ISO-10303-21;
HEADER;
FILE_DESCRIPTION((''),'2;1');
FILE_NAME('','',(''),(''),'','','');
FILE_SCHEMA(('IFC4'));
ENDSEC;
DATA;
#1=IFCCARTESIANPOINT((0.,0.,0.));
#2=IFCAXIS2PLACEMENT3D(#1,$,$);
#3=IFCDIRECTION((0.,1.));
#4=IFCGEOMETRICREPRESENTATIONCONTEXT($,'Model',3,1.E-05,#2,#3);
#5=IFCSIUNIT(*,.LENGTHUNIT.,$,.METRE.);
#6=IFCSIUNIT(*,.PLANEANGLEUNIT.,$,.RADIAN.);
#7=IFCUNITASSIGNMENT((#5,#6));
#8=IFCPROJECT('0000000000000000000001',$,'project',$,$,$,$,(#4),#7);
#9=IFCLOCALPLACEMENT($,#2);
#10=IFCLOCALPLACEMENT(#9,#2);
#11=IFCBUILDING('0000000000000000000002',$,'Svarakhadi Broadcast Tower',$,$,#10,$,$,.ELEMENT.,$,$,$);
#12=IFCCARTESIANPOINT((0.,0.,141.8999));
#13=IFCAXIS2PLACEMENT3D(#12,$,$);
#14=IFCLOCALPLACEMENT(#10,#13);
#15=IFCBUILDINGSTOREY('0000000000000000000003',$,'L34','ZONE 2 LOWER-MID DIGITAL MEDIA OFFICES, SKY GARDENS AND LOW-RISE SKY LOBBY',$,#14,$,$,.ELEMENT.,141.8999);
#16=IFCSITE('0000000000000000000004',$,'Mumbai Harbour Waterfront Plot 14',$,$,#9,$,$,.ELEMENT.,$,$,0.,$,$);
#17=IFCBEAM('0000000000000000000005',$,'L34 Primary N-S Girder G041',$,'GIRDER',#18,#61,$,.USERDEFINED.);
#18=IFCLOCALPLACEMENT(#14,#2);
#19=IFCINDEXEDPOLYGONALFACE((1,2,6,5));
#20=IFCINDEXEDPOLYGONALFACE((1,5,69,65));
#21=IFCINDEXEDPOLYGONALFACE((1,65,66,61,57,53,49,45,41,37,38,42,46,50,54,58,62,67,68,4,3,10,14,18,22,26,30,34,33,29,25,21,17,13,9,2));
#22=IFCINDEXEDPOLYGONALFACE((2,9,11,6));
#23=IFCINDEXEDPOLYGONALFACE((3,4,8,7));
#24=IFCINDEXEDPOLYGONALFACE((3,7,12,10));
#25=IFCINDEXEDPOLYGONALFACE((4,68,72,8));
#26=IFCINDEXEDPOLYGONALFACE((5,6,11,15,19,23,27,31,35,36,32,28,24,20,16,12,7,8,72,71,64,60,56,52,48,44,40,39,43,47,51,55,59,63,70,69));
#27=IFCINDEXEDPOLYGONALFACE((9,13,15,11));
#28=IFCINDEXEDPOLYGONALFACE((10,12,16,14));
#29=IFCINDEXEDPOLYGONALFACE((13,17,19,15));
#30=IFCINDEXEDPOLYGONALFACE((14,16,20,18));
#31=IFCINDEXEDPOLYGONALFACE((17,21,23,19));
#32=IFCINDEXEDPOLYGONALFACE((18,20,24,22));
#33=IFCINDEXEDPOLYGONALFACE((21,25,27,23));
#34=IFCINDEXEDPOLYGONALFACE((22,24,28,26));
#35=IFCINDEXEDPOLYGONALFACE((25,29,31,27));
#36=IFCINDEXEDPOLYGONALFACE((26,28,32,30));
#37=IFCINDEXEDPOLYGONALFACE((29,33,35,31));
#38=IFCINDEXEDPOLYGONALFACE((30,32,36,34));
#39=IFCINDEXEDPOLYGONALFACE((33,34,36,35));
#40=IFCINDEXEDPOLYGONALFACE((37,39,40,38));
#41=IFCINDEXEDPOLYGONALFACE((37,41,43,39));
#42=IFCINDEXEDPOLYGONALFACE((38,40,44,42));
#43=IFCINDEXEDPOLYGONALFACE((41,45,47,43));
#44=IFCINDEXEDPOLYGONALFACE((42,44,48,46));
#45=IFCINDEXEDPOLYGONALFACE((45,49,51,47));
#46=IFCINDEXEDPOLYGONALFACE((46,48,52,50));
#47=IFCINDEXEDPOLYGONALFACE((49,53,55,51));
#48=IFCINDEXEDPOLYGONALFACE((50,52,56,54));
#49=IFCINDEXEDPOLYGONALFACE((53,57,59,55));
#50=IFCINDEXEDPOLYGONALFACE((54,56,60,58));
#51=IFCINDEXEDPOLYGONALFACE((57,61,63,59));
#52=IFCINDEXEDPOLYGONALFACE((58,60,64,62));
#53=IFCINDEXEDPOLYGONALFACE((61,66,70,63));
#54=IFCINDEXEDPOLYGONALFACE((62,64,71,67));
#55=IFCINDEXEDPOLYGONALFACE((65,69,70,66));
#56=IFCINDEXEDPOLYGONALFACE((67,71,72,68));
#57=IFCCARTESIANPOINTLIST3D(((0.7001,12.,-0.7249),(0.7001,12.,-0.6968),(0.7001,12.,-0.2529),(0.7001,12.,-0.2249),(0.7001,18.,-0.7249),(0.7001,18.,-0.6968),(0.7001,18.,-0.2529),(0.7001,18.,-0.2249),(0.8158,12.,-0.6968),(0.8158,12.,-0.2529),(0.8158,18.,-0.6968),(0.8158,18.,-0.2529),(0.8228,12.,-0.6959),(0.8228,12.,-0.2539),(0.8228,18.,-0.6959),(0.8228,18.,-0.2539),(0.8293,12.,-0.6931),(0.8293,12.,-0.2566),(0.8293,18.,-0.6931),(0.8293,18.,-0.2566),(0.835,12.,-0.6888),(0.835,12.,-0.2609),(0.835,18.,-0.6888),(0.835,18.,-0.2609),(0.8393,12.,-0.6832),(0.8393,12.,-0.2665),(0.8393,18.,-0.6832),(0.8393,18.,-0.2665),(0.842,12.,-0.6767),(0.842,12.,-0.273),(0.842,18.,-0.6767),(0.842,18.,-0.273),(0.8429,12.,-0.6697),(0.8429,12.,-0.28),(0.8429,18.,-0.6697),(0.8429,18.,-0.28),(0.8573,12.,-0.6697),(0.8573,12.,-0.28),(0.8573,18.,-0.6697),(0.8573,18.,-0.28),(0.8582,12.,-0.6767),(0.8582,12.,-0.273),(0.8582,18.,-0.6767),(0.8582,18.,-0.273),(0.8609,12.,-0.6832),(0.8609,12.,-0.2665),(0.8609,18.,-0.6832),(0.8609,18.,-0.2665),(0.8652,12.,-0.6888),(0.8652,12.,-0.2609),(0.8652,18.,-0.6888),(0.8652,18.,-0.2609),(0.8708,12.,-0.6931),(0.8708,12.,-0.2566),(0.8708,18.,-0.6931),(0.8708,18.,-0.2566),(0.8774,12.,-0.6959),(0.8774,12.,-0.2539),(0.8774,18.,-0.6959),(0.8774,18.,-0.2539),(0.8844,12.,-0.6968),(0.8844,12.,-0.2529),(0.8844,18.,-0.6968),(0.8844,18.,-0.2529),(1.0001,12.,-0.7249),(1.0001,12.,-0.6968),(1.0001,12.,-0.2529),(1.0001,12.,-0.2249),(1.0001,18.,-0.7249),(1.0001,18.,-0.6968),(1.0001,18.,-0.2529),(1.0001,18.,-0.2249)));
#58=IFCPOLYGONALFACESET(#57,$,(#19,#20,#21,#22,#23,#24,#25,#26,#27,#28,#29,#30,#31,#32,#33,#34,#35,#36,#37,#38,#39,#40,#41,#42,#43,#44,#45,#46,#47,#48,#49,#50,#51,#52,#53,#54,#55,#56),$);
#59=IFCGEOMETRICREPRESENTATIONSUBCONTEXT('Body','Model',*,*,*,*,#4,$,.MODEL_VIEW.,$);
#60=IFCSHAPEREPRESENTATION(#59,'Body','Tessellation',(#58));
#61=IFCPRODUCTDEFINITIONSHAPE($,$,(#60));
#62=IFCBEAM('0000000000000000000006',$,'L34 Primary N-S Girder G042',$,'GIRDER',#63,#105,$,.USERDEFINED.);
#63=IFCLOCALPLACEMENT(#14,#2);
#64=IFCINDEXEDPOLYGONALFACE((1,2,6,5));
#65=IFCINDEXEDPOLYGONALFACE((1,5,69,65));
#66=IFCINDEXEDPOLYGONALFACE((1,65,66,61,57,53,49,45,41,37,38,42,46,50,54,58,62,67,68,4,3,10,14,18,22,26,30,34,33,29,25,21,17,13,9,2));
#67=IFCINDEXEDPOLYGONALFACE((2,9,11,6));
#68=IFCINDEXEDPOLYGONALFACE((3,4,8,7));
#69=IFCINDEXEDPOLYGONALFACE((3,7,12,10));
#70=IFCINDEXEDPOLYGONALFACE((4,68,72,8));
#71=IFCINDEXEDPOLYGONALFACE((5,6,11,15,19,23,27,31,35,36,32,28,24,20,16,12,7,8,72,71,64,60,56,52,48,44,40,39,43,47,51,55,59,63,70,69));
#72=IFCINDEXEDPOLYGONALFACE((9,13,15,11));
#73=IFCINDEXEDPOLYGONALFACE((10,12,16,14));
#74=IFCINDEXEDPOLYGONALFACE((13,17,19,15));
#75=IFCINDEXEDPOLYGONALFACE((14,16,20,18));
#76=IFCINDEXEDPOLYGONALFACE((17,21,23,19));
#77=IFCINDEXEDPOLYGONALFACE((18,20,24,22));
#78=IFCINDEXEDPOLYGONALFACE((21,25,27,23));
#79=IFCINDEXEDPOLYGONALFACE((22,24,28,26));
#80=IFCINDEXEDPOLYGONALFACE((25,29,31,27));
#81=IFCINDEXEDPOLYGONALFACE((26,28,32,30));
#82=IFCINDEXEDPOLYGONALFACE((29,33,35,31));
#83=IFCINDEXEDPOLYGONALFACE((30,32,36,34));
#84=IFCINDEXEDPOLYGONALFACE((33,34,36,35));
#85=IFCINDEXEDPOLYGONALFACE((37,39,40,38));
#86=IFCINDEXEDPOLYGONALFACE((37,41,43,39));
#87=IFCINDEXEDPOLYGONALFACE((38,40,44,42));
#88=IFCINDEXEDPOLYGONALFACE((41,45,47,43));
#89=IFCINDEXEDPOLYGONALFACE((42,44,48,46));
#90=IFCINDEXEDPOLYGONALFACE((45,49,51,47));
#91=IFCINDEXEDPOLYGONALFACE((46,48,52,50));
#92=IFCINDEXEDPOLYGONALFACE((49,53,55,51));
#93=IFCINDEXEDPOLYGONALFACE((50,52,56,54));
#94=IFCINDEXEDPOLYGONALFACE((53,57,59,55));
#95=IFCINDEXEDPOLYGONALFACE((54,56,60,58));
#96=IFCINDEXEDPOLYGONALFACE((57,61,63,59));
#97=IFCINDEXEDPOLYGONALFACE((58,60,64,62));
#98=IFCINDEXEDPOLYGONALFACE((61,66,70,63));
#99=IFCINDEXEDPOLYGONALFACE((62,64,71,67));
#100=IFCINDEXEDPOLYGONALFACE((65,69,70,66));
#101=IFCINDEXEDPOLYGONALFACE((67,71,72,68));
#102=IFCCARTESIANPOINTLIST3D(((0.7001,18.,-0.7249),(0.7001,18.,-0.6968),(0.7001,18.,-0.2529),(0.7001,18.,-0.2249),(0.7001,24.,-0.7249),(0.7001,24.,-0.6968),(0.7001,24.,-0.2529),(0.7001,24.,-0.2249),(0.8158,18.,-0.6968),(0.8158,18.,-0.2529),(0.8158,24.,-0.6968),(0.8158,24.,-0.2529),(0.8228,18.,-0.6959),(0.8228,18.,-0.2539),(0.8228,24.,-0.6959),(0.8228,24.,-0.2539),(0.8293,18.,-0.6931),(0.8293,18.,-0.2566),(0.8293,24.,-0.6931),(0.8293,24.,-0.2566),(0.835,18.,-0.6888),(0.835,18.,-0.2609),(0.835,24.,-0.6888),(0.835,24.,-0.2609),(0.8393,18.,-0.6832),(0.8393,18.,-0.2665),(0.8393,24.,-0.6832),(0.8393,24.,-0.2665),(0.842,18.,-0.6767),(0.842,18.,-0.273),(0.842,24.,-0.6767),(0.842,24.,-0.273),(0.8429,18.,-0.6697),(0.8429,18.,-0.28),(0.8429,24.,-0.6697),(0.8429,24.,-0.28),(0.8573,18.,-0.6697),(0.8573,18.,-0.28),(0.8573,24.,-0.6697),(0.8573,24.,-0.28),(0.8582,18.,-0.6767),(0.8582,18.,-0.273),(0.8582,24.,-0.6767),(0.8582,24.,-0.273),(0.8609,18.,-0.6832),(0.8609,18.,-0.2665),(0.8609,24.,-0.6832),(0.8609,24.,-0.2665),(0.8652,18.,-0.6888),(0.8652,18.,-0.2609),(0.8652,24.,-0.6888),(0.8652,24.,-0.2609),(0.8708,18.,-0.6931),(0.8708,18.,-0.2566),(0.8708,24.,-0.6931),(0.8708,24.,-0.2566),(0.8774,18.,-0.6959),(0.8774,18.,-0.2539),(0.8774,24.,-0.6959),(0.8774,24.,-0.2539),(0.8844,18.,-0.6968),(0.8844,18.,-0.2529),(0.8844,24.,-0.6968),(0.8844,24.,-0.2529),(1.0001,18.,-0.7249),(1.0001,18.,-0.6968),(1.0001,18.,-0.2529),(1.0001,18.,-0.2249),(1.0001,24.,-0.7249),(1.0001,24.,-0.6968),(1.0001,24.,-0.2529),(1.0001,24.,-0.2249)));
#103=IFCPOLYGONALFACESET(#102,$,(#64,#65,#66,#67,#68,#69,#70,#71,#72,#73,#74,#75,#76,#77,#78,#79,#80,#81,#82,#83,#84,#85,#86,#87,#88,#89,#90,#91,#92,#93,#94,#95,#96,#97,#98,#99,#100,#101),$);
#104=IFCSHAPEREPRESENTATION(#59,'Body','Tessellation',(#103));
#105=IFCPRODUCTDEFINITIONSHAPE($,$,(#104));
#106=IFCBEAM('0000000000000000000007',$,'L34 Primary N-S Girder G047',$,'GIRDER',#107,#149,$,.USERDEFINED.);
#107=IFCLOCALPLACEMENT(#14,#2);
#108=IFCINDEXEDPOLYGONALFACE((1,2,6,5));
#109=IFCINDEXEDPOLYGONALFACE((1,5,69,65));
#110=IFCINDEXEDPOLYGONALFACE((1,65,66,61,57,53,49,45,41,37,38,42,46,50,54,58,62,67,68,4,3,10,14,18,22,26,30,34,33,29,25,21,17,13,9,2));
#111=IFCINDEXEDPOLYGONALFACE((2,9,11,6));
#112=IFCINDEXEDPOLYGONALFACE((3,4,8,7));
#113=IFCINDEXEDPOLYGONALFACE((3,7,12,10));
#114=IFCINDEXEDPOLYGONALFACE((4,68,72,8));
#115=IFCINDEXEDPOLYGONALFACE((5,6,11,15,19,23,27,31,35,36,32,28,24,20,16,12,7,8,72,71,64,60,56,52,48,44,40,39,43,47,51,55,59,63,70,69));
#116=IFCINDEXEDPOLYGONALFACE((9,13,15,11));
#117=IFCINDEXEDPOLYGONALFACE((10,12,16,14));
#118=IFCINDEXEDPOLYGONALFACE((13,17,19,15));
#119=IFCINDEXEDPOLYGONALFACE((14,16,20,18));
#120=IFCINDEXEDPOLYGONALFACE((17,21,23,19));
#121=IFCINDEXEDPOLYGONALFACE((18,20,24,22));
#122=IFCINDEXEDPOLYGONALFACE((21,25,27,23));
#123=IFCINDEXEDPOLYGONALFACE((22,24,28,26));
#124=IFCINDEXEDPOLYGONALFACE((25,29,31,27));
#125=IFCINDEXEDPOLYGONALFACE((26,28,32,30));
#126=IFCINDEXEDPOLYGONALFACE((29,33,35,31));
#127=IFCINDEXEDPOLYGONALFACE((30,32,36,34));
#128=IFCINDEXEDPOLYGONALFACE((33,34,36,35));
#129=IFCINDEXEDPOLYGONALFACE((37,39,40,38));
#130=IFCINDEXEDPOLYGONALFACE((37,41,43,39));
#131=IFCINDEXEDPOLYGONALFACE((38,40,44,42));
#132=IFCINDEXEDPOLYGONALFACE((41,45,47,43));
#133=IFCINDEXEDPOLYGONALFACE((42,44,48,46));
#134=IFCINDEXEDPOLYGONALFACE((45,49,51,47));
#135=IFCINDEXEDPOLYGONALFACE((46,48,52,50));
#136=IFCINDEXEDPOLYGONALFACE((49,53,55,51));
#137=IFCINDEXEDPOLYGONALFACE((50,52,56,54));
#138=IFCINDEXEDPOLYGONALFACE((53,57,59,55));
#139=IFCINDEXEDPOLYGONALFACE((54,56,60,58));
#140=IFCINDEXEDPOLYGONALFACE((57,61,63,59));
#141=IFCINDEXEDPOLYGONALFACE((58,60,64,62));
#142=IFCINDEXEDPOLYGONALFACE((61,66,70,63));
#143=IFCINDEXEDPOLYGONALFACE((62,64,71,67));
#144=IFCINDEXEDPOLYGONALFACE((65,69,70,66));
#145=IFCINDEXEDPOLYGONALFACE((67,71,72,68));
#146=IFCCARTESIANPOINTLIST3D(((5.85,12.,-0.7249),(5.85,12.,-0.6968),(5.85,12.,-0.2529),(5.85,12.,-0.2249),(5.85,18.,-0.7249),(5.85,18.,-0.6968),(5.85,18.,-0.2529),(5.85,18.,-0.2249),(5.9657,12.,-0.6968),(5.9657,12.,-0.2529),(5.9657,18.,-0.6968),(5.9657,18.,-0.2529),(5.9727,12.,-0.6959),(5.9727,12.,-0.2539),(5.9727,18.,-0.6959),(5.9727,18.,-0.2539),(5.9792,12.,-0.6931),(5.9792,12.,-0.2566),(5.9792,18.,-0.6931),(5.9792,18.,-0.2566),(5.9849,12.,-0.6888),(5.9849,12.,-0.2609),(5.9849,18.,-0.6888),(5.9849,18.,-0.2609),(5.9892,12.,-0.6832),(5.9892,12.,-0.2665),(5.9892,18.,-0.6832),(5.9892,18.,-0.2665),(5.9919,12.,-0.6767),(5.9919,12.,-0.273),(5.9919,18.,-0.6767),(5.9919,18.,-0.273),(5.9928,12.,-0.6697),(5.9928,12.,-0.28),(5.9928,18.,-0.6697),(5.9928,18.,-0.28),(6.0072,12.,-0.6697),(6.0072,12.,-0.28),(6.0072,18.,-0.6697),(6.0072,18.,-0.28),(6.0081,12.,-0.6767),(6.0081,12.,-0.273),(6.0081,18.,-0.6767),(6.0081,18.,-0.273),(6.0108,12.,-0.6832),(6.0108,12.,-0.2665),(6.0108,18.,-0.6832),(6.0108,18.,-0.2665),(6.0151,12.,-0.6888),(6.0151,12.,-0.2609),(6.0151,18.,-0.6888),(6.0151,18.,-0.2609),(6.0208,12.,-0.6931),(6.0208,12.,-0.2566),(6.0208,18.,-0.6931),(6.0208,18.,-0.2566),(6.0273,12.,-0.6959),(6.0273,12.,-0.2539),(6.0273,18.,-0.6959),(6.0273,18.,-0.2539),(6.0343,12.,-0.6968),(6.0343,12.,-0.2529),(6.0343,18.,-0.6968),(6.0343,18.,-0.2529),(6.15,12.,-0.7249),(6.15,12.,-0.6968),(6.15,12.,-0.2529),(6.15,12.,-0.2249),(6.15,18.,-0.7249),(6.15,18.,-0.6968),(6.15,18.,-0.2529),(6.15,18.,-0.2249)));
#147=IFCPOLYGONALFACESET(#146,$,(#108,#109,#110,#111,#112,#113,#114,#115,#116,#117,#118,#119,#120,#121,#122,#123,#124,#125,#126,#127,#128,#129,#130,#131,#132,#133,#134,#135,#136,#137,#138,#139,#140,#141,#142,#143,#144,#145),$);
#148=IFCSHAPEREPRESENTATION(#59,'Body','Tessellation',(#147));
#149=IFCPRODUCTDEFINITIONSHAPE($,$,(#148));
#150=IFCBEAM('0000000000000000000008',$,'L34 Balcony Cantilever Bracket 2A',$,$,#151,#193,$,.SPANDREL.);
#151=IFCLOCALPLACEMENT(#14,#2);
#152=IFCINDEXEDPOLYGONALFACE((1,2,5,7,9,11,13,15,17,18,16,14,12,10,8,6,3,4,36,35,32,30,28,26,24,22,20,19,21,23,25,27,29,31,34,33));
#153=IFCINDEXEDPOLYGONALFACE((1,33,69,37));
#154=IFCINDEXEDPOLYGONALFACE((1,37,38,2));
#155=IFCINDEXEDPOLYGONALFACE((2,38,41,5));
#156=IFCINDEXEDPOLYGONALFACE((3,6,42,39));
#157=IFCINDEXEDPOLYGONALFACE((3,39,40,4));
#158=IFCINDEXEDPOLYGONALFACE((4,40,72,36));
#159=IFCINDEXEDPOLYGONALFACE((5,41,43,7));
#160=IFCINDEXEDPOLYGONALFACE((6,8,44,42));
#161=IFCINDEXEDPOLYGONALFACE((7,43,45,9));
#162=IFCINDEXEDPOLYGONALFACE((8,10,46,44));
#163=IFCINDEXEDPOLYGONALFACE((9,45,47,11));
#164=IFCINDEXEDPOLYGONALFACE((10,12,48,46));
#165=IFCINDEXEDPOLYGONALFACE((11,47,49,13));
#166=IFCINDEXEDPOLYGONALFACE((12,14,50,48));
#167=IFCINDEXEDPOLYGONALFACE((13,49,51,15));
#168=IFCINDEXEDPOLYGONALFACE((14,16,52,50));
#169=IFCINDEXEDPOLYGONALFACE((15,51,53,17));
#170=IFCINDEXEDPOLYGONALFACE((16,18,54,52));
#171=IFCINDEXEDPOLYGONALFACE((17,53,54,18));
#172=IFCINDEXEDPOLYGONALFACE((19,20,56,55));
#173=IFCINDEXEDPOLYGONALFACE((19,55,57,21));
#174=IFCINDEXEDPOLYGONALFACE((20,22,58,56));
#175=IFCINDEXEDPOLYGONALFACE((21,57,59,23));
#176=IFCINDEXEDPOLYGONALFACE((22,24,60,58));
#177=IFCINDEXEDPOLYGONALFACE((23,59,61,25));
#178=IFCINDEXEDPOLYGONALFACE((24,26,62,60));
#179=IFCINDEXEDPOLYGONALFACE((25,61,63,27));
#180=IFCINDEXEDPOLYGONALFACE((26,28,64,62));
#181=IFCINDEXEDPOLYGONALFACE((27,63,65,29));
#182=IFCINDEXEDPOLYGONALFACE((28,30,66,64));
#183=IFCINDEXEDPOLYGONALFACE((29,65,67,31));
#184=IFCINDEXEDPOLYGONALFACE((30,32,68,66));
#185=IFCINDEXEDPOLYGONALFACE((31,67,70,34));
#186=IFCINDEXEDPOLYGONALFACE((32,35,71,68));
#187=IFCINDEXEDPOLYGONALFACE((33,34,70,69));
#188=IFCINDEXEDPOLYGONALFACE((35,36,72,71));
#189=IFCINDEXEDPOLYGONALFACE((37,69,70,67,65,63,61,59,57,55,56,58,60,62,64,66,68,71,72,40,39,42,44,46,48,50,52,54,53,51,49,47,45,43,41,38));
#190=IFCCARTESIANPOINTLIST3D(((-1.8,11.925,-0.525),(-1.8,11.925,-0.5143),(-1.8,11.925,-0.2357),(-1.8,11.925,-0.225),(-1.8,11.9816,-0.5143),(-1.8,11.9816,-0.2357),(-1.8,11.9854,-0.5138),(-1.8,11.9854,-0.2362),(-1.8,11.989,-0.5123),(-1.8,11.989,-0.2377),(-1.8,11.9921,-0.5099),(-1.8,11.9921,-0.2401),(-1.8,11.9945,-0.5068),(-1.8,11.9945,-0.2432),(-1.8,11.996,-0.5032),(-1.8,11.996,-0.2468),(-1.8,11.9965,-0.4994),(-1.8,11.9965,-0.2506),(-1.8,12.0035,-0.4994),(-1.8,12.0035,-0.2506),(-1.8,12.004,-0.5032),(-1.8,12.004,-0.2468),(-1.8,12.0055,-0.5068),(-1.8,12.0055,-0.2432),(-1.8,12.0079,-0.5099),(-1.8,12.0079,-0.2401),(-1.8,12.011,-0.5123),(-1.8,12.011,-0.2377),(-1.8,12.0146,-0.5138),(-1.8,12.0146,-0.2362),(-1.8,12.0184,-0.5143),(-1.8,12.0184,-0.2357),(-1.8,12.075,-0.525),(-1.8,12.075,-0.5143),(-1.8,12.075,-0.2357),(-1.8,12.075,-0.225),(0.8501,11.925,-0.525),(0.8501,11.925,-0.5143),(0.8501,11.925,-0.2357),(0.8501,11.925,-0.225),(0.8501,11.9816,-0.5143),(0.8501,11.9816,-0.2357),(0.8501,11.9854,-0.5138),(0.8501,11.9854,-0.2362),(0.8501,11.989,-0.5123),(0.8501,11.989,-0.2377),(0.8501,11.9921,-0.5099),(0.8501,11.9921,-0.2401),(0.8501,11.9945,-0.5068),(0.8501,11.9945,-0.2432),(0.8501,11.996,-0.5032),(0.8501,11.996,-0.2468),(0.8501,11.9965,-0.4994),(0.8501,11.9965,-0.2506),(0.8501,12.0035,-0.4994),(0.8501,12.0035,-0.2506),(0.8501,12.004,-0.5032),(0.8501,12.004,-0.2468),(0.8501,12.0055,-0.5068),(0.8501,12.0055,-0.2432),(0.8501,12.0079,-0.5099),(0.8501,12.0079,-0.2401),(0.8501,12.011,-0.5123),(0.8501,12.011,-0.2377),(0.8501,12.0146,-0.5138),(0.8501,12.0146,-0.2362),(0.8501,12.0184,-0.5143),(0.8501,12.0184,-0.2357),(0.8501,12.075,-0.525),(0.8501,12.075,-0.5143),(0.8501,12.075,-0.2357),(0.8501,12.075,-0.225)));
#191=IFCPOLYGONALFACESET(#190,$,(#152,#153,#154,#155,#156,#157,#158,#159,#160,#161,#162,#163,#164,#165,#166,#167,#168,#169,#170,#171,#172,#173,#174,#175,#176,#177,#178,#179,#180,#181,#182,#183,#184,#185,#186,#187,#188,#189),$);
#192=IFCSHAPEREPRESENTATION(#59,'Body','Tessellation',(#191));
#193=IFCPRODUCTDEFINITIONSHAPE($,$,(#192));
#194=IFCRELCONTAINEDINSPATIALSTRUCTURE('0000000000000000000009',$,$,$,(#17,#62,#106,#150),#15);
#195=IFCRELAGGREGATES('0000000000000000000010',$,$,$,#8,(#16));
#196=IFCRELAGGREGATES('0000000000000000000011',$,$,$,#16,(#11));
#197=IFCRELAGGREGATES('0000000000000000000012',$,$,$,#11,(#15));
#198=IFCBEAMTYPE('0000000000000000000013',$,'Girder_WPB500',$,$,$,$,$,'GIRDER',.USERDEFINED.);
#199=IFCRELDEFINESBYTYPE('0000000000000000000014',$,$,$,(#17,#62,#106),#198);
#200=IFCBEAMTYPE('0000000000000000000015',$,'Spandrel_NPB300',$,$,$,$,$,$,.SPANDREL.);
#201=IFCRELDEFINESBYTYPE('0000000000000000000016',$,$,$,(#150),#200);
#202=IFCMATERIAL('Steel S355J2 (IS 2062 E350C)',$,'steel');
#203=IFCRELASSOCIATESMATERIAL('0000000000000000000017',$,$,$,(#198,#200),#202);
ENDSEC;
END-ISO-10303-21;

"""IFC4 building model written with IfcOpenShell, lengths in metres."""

from ifc_helpers import new_model, si_unit, direction, frame, origin, origin_2d, place, context, subcontext, project, spatial, i_section, extrude, material, material_profile, profile_set, type_object, element, save


model = new_model("IFC4")

# Units and contexts
model_context = context("Model", 3, precision=1e-05, world=origin(), true_north=direction((0.0, 1.0)))
body_context = subcontext(model_context, "Body", "Model", "MODEL_VIEW")
ifc_project = project(units=[si_unit("LENGTHUNIT", "METRE"), si_unit("PLANEANGLEUNIT", "RADIAN")], contexts=[model_context])

# Site, building, storey
site_placement = place(None, origin())
site = spatial("IfcSite", under=ifc_project, at=site_placement, Name="Mumbai Harbour Waterfront Plot 14", CompositionType="ELEMENT", RefElevation=0.0)
building_placement = place(site_placement, origin())
building = spatial("IfcBuilding", under=site, at=building_placement, Name="Svarakhadi Broadcast Tower", CompositionType="ELEMENT")
storey_placement = place(building_placement, frame((0.0, 0.0, 141.8999)))
storey = spatial("IfcBuildingStorey", under=building, at=storey_placement, Name="L34", Description="ZONE 2 LOWER-MID DIGITAL MEDIA OFFICES, SKY GARDENS AND LOW-RISE SKY LOBBY", CompositionType="ELEMENT", Elevation=141.8999)

# Shared definitions
ifc_material_1 = material(Name="Steel S355J2 (IS 2062 E350C)", Category="steel")

# Beams
ifc_material_profile_1 = material_profile(ifc_material_1, i_section(OverallWidth=0.3, OverallDepth=0.5, WebThickness=0.0144, FlangeThickness=0.0281, FilletRadius=0.0271, at=origin_2d()), Name="WPB 500x300x187")
ifc_profile_set_1 = profile_set([ifc_material_profile_1], Name="Steel S355J2 (IS 2062 E350C)")
beam_type_1 = type_object("IfcBeamType", Name="Girder_WPB500", ElementType="GIRDER", PredefinedType="USERDEFINED", material=ifc_profile_set_1)
for number, where, z_axis, x_axis, name in (
    (1, (0.8501, 12.0, -0.4749), (0.0, 1.0, 0.0), (-1.0, 0.0, 0.0), "L34 Primary N-S Girder G041"),
    (2, (0.8501, 18.0, -0.4749), (0.0, 1.0, 0.0), (-1.0, 0.0, 0.0), "L34 Primary N-S Girder G042"),
    (3, (6.0, 12.0, -0.4749), (0.0, 1.0, 0.0), (-1.0, 0.0, 0.0), "L34 Primary N-S Girder G047"),
):
    element("IfcBeam", number, at=place(storey_placement, frame(where, z_axis=z_axis, x_axis=x_axis)), inside=storey, type_object=beam_type_1, Name=name, ObjectType="GIRDER", PredefinedType="USERDEFINED", context=body_context, shape_type="SweptSolid", body=[
        extrude(i_section(OverallWidth=0.3, OverallDepth=0.5, WebThickness=0.0144, FlangeThickness=0.0281, FilletRadius=0.0271, at=origin_2d()), origin(), (0.0, 0.0, 1.0), 6.0),
    ])
ifc_material_profile_2 = material_profile(ifc_material_1, i_section(OverallWidth=0.1499, OverallDepth=0.3, WebThickness=0.0071, FlangeThickness=0.0107, FilletRadius=0.0149, at=origin_2d()), Name="NPB 300x150x37")
ifc_profile_set_2 = profile_set([ifc_material_profile_2], Name="Steel S355J2 (IS 2062 E350C)")
beam_type_2 = type_object("IfcBeamType", Name="Spandrel_NPB300", PredefinedType="SPANDREL", material=ifc_profile_set_2)
beam_1_placement = place(storey_placement, frame((0.8501, 12.0, -0.375), z_axis=(-1.0, 0.0, 0.0), x_axis=(0.0, -1.0, 0.0)))
element("IfcBeam", 4, at=beam_1_placement, inside=storey, type_object=beam_type_2, Name="L34 Balcony Cantilever Bracket 2A", PredefinedType="SPANDREL", context=body_context, shape_type="SweptSolid", body=[
    extrude(i_section(OverallWidth=0.1499, OverallDepth=0.3, WebThickness=0.0071, FlangeThickness=0.0107, FilletRadius=0.0149, at=origin_2d()), origin(), (0.0, 0.0, 1.0), 2.6501),
])

save(model, "model.ifc")
